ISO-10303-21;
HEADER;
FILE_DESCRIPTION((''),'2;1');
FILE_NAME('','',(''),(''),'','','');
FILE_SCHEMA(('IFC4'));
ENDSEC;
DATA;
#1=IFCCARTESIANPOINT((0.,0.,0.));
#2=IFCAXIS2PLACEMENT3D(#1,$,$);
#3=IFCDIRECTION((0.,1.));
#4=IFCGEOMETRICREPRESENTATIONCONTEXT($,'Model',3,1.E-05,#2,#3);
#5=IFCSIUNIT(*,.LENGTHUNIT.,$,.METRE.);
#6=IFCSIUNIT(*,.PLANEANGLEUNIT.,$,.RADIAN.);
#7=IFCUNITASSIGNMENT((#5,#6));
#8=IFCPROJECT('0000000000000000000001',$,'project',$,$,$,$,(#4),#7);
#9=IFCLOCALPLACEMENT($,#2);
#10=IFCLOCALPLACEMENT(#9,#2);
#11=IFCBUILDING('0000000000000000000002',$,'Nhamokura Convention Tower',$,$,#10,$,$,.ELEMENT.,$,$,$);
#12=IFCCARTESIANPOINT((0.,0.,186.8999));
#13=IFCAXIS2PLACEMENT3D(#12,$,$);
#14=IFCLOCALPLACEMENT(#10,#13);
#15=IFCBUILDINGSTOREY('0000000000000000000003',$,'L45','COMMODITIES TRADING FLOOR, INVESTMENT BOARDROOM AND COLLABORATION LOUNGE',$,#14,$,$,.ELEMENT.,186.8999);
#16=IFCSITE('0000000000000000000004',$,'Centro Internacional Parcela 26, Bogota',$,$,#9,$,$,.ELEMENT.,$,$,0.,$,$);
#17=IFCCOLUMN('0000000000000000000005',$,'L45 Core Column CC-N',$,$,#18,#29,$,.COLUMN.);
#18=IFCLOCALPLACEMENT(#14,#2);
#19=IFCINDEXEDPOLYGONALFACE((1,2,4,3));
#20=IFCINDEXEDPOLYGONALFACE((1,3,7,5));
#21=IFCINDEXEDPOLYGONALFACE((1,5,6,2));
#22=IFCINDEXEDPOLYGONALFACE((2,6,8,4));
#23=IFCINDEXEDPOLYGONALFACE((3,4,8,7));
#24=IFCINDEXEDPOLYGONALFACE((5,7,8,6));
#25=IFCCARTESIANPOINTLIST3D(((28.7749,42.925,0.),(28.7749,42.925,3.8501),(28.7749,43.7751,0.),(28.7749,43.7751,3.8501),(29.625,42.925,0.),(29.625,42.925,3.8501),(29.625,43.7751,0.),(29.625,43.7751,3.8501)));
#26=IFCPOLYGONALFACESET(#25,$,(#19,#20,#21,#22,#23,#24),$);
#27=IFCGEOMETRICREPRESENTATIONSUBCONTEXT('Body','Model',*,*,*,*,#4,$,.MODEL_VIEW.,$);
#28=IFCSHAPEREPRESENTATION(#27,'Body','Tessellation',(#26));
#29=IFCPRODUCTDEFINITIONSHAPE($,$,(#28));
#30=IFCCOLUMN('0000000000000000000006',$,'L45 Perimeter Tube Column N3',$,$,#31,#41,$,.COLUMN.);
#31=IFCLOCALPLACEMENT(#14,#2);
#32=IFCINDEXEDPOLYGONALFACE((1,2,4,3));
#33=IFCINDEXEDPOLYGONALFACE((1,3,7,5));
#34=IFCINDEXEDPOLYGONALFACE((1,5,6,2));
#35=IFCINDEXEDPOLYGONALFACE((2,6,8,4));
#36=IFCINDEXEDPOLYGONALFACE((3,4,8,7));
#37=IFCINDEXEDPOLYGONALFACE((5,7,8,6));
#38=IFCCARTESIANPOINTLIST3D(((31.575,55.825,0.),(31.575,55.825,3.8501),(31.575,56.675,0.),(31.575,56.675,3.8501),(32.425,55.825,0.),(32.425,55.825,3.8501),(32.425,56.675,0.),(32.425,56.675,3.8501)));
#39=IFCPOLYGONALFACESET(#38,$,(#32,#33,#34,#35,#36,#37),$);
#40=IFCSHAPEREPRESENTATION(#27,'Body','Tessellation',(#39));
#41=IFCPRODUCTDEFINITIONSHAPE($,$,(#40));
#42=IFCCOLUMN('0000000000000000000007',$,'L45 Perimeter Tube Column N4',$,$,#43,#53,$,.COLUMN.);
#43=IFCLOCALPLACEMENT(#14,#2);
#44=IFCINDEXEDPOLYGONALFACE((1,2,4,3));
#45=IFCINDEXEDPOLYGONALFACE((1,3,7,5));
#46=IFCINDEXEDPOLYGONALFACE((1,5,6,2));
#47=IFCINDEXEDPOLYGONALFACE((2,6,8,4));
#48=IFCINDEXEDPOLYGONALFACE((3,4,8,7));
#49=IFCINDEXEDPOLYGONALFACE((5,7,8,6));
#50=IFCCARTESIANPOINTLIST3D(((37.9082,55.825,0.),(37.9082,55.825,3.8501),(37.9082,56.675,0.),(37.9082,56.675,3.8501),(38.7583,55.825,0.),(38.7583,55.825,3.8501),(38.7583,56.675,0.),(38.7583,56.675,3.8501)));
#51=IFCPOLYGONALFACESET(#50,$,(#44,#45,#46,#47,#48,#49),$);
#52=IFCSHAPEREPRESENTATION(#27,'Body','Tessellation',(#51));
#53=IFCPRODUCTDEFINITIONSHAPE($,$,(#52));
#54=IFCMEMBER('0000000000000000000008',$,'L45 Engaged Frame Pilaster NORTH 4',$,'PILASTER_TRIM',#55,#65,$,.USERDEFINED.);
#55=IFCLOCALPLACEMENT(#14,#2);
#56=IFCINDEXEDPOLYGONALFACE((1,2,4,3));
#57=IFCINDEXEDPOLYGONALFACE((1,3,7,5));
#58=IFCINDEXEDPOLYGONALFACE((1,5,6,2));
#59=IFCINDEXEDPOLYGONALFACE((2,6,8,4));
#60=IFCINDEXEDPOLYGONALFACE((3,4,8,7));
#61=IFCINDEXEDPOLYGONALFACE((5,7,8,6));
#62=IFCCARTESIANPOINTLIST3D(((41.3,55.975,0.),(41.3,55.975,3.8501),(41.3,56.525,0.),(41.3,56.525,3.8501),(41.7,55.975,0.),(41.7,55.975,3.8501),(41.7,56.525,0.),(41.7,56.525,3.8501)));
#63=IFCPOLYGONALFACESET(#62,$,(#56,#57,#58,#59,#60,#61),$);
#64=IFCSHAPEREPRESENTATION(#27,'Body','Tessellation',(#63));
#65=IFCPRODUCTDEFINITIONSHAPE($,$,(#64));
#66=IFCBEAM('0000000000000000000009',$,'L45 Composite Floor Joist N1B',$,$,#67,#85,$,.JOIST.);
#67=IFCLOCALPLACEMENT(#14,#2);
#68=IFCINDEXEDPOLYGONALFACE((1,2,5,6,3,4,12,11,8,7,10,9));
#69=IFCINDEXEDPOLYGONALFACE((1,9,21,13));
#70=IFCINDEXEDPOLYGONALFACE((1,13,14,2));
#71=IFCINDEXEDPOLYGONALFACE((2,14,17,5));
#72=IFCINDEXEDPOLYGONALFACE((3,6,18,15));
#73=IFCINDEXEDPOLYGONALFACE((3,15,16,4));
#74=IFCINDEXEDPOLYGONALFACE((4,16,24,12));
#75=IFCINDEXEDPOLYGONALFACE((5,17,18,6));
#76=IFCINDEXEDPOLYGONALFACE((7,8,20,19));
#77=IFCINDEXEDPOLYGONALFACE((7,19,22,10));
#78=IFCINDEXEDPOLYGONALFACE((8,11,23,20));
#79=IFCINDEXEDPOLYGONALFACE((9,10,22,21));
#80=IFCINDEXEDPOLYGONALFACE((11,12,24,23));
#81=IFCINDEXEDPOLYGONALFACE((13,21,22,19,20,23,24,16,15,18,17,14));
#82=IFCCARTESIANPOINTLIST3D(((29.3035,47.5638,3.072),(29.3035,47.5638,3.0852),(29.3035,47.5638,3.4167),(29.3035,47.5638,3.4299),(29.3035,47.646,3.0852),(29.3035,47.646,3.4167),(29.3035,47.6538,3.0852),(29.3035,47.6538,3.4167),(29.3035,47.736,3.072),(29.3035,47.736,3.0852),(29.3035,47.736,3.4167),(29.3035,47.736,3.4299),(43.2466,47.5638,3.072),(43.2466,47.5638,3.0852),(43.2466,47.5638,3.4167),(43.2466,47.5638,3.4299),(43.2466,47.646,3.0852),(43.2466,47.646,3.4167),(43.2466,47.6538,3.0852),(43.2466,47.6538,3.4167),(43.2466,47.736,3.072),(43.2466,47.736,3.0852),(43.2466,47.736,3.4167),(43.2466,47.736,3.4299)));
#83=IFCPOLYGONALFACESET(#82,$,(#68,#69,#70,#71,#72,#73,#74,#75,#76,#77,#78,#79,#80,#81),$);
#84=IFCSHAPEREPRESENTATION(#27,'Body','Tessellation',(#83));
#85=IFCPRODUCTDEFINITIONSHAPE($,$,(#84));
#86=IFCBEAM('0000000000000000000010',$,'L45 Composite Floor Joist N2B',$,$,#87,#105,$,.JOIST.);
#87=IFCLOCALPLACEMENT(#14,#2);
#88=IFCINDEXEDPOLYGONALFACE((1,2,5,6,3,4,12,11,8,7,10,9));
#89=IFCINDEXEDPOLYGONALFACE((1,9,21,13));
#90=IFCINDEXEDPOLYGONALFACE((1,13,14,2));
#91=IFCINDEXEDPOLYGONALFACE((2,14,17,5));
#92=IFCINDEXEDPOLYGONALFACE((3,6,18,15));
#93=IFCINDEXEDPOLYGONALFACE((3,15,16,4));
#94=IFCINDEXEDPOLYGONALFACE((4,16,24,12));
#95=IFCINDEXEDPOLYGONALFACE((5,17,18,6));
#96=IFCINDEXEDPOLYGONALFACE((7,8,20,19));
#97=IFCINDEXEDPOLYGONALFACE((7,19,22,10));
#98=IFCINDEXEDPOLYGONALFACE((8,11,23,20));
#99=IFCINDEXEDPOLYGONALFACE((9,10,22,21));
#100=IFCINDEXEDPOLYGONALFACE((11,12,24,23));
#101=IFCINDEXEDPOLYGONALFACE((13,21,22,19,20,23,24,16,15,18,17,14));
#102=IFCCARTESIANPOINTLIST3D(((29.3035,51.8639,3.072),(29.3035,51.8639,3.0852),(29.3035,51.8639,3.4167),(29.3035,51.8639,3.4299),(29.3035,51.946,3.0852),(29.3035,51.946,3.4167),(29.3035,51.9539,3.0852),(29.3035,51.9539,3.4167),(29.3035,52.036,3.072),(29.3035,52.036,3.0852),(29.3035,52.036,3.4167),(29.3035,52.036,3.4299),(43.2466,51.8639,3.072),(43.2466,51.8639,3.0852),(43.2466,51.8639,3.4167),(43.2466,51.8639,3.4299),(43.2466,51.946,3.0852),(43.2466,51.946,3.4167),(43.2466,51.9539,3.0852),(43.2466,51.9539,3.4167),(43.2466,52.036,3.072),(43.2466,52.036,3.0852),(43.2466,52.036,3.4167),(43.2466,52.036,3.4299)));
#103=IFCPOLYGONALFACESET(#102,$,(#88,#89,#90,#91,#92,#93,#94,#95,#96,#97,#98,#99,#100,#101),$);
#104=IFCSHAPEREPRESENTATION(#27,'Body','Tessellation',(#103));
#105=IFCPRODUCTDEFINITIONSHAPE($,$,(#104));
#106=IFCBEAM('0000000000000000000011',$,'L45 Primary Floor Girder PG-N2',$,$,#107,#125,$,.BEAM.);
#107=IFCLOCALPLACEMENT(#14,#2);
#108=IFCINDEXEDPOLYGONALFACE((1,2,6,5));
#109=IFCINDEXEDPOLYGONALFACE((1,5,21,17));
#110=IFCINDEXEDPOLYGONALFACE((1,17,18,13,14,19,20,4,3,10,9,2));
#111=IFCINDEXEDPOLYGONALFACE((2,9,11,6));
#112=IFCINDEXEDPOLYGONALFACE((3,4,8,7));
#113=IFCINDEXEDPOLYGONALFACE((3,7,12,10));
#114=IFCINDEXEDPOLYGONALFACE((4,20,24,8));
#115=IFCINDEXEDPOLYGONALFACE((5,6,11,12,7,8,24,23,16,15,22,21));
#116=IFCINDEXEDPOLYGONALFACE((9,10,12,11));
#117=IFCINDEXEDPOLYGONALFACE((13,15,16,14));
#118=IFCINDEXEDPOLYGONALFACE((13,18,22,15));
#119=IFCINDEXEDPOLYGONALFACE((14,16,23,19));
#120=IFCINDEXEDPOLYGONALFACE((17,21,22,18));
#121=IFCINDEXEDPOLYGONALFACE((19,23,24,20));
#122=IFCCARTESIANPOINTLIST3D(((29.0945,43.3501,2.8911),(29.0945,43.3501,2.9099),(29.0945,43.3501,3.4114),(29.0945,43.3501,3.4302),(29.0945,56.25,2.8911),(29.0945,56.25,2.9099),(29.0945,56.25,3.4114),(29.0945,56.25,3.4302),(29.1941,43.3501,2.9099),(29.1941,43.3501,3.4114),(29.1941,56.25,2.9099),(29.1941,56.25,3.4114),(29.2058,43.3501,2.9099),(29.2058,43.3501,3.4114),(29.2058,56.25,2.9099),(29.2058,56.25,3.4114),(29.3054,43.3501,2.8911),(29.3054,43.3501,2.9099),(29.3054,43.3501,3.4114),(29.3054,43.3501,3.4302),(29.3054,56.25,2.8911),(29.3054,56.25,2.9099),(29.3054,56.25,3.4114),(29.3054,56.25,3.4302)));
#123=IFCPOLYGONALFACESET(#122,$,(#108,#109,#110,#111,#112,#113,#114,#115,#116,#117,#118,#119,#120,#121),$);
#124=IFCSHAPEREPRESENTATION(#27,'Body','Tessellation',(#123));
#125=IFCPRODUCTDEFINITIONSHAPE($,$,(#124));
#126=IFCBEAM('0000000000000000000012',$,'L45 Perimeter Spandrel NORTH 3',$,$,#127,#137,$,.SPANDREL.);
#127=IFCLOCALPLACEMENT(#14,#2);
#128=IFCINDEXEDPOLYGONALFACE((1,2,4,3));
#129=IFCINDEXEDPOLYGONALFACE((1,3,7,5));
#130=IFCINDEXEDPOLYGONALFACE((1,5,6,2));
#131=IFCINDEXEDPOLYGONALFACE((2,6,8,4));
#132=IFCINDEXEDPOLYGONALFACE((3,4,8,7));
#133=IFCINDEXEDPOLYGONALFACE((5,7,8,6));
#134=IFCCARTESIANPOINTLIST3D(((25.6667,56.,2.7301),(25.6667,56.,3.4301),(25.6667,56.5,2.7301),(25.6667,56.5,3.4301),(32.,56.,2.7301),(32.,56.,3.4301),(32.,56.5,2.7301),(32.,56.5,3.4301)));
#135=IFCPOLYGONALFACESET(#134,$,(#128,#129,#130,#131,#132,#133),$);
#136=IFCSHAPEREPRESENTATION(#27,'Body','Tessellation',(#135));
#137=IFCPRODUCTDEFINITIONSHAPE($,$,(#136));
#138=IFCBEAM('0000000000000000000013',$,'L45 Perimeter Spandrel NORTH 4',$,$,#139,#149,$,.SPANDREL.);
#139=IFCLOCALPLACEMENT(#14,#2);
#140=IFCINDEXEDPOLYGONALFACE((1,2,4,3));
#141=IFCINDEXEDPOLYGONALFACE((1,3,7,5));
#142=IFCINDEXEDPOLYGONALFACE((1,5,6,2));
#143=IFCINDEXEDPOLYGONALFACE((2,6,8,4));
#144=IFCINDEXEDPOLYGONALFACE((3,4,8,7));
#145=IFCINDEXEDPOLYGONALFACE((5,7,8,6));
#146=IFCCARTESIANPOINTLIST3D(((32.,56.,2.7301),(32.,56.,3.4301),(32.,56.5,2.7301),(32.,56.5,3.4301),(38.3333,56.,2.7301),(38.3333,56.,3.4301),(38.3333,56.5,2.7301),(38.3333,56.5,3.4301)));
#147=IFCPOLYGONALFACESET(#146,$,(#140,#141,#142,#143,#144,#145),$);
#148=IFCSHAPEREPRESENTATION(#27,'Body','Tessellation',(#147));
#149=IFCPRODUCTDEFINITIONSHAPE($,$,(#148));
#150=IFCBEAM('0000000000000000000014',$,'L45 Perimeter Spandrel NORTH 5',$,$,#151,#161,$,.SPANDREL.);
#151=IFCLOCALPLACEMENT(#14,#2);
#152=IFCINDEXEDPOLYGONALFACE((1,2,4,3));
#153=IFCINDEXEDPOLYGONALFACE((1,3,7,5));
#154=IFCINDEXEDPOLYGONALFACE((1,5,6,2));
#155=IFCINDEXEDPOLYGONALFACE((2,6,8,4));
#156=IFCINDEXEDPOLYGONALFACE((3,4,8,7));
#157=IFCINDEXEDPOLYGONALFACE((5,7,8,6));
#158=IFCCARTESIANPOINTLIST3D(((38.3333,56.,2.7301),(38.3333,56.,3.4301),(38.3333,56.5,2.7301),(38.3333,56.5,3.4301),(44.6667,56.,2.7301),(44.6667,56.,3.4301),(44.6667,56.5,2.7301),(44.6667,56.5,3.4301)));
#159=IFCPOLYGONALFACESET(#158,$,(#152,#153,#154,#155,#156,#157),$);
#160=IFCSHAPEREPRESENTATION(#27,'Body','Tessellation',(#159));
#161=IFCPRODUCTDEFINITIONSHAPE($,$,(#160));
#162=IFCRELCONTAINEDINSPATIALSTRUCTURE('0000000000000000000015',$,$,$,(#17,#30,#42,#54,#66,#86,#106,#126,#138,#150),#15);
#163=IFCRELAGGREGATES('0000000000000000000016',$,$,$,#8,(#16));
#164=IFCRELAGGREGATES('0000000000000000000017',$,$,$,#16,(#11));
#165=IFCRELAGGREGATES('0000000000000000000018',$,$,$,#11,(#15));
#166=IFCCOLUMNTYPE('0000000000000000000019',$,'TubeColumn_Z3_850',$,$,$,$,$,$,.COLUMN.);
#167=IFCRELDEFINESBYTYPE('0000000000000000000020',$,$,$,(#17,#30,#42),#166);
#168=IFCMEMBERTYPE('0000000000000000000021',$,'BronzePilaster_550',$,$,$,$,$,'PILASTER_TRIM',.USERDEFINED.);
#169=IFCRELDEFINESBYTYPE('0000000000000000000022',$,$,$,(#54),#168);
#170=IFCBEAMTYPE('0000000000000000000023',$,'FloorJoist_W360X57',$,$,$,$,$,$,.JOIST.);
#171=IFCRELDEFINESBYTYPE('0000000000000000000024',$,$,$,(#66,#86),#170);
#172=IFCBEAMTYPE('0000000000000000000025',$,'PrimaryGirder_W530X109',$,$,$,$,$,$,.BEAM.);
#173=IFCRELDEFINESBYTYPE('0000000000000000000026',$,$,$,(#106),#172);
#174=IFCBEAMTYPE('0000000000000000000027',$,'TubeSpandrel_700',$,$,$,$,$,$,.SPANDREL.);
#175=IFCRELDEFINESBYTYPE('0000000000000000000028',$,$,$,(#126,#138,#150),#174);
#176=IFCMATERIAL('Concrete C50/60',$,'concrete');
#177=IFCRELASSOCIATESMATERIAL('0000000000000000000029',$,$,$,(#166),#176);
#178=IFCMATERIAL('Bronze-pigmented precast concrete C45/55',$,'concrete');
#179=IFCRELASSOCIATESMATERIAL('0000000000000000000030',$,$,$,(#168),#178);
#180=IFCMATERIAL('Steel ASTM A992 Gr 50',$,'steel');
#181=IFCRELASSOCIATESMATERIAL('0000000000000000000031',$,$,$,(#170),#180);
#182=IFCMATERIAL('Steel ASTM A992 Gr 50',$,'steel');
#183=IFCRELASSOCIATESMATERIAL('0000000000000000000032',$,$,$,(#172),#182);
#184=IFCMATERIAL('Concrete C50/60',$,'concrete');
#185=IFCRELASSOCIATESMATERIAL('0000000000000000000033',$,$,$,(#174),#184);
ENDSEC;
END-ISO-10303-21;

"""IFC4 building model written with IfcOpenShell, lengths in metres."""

from ifc_helpers import new_model, si_unit, direction, frame, origin, origin_2d, place, context, subcontext, project, spatial, rectangle, i_section, extrude, material, material_profile, profile_set, type_object, element, save


model = new_model("IFC4")

# Units and contexts
model_context = context("Model", 3, precision=1e-05, world=origin(), true_north=direction((0.0, 1.0)))
body_context = subcontext(model_context, "Body", "Model", "MODEL_VIEW")
ifc_project = project(units=[si_unit("LENGTHUNIT", "METRE"), si_unit("PLANEANGLEUNIT", "RADIAN")], contexts=[model_context])

# Site, building, storey
site_placement = place(None, origin())
site = spatial("IfcSite", under=ifc_project, at=site_placement, Name="Centro Internacional Parcela 26, Bogota", CompositionType="ELEMENT", RefElevation=0.0)
building_placement = place(site_placement, origin())
building = spatial("IfcBuilding", under=site, at=building_placement, Name="Nhamokura Convention Tower", CompositionType="ELEMENT")
storey_placement = place(building_placement, frame((0.0, 0.0, 186.8999)))
storey = spatial("IfcBuildingStorey", under=building, at=storey_placement, Name="L45", Description="COMMODITIES TRADING FLOOR, INVESTMENT BOARDROOM AND COLLABORATION LOUNGE", CompositionType="ELEMENT", Elevation=186.8999)

# Columns
ifc_material_1 = material(Name="Concrete C50/60", Category="concrete")
ifc_material_profile_1 = material_profile(ifc_material_1, rectangle(XDim=0.8501, YDim=0.8501, at=origin_2d()))
ifc_profile_set_1 = profile_set([ifc_material_profile_1], Name="Concrete C50/60")
column_type = type_object("IfcColumnType", Name="TubeColumn_Z3_850", PredefinedType="COLUMN", material=ifc_profile_set_1)
for number, where, z_axis, x_axis, name in (
    (1, (29.2, 43.3501, 0.0), (0.0, 0.0, 1.0), (1.0, 0.0, 0.0), "L45 Core Column CC-N"),
    (2, (32.0, 56.25, 0.0), (0.0, 0.0, 1.0), (1.0, 0.0, 0.0), "L45 Perimeter Tube Column N3"),
    (3, (38.3333, 56.25, 0.0), (0.0, 0.0, 1.0), (1.0, 0.0, 0.0), "L45 Perimeter Tube Column N4"),
):
    element("IfcColumn", number, at=place(storey_placement, frame(where, z_axis=z_axis, x_axis=x_axis)), inside=storey, type_object=column_type, Name=name, PredefinedType="COLUMN", context=body_context, shape_type="SweptSolid", body=[
        extrude(rectangle(XDim=0.8501, YDim=0.8501, at=origin_2d()), origin(), (0.0, 0.0, 1.0), 3.8501),
    ])

# Member
ifc_material_2 = material(Name="Bronze-pigmented precast concrete C45/55", Category="concrete")
ifc_material_profile_2 = material_profile(ifc_material_2, rectangle(XDim=0.3999, YDim=0.55, at=origin_2d()))
ifc_profile_set_2 = profile_set([ifc_material_profile_2], Name="Bronze-pigmented precast concrete C45/55")
member_type = type_object("IfcMemberType", Name="BronzePilaster_550", ElementType="PILASTER_TRIM", PredefinedType="USERDEFINED", material=ifc_profile_set_2)
member_placement = place(storey_placement, frame((41.5, 56.25, 0.0), z_axis=(0.0, 0.0, 1.0), x_axis=(1.0, 0.0, 0.0)))
element("IfcMember", 4, at=member_placement, inside=storey, type_object=member_type, Name="L45 Engaged Frame Pilaster NORTH 4", ObjectType="PILASTER_TRIM", PredefinedType="USERDEFINED", context=body_context, shape_type="SweptSolid", body=[
    extrude(rectangle(XDim=0.3999, YDim=0.55, at=origin_2d()), origin(), (0.0, 0.0, 1.0), 3.8501),
])

# Beams
ifc_material_3 = material(Name="Steel ASTM A992 Gr 50", Category="steel")
ifc_material_profile_3 = material_profile(ifc_material_3, i_section(OverallWidth=0.1721, OverallDepth=0.3579, WebThickness=0.0078, FlangeThickness=0.0132, at=origin_2d()))
ifc_profile_set_3 = profile_set([ifc_material_profile_3], Name="Steel ASTM A992 Gr 50")
beam_type_1 = type_object("IfcBeamType", Name="FloorJoist_W360X57", PredefinedType="JOIST", material=ifc_profile_set_3)
for number, where, z_axis, x_axis, name in (
    (5, (29.3035, 47.6499, 3.251), (1.0, 0.0, 0.0), (0.0, 1.0, 0.0), "L45 Composite Floor Joist N1B"),
    (6, (29.3035, 51.95, 3.251), (1.0, 0.0, 0.0), (0.0, 1.0, 0.0), "L45 Composite Floor Joist N2B"),
):
    element("IfcBeam", number, at=place(storey_placement, frame(where, z_axis=z_axis, x_axis=x_axis)), inside=storey, type_object=beam_type_1, Name=name, PredefinedType="JOIST", context=body_context, shape_type="SweptSolid", body=[
        extrude(i_section(OverallWidth=0.1721, OverallDepth=0.3579, WebThickness=0.0078, FlangeThickness=0.0132, at=origin_2d()), origin(), (0.0, 0.0, 1.0), 13.9431),
    ])
ifc_material_4 = material(Name="Steel ASTM A992 Gr 50", Category="steel")
ifc_material_profile_4 = material_profile(ifc_material_4, i_section(OverallWidth=0.2109, OverallDepth=0.5391, WebThickness=0.0117, FlangeThickness=0.0188, at=origin_2d()))
ifc_profile_set_4 = profile_set([ifc_material_profile_4], Name="Steel ASTM A992 Gr 50")
beam_type_2 = type_object("IfcBeamType", Name="PrimaryGirder_W530X109", PredefinedType="BEAM", material=ifc_profile_set_4)
beam_1_placement = place(storey_placement, frame((29.2, 43.3501, 3.1606), z_axis=(0.0, 1.0, 0.0), x_axis=(-1.0, 0.0, 0.0)))
element("IfcBeam", 7, at=beam_1_placement, inside=storey, type_object=beam_type_2, Name="L45 Primary Floor Girder PG-N2", PredefinedType="BEAM", context=body_context, shape_type="SweptSolid", body=[
    extrude(i_section(OverallWidth=0.2109, OverallDepth=0.5391, WebThickness=0.0117, FlangeThickness=0.0188, at=origin_2d()), origin(), (0.0, 0.0, 1.0), 12.8999),
])
ifc_material_5 = material(Name="Concrete C50/60", Category="concrete")
ifc_material_profile_5 = material_profile(ifc_material_5, rectangle(XDim=0.5, YDim=0.7, at=origin_2d()))
ifc_profile_set_5 = profile_set([ifc_material_profile_5], Name="Concrete C50/60")
beam_type_3 = type_object("IfcBeamType", Name="TubeSpandrel_700", PredefinedType="SPANDREL", material=ifc_profile_set_5)
for number, where, z_axis, x_axis, name in (
    (8, (25.6667, 56.25, 3.0801), (1.0, 0.0, 0.0), (0.0, 1.0, 0.0), "L45 Perimeter Spandrel NORTH 3"),
    (9, (32.0, 56.25, 3.0801), (1.0, 0.0, 0.0), (0.0, 1.0, 0.0), "L45 Perimeter Spandrel NORTH 4"),
):
    element("IfcBeam", number, at=place(storey_placement, frame(where, z_axis=z_axis, x_axis=x_axis)), inside=storey, type_object=beam_type_3, Name=name, PredefinedType="SPANDREL", context=body_context, shape_type="SweptSolid", body=[
        extrude(rectangle(XDim=0.5, YDim=0.7, at=origin_2d()), origin(), (0.0, 0.0, 1.0), 6.3333),
    ])
beam_2_placement = place(storey_placement, frame((38.3333, 56.25, 3.0801), z_axis=(1.0, 0.0, 0.0), x_axis=(0.0, 1.0, 0.0)))
element("IfcBeam", 10, at=beam_2_placement, inside=storey, type_object=beam_type_3, Name="L45 Perimeter Spandrel NORTH 5", PredefinedType="SPANDREL", context=body_context, shape_type="SweptSolid", body=[
    extrude(rectangle(XDim=0.5, YDim=0.7, at=origin_2d()), origin(), (0.0, 0.0, 1.0), 6.3335),
])

save(model, "model.ifc")
